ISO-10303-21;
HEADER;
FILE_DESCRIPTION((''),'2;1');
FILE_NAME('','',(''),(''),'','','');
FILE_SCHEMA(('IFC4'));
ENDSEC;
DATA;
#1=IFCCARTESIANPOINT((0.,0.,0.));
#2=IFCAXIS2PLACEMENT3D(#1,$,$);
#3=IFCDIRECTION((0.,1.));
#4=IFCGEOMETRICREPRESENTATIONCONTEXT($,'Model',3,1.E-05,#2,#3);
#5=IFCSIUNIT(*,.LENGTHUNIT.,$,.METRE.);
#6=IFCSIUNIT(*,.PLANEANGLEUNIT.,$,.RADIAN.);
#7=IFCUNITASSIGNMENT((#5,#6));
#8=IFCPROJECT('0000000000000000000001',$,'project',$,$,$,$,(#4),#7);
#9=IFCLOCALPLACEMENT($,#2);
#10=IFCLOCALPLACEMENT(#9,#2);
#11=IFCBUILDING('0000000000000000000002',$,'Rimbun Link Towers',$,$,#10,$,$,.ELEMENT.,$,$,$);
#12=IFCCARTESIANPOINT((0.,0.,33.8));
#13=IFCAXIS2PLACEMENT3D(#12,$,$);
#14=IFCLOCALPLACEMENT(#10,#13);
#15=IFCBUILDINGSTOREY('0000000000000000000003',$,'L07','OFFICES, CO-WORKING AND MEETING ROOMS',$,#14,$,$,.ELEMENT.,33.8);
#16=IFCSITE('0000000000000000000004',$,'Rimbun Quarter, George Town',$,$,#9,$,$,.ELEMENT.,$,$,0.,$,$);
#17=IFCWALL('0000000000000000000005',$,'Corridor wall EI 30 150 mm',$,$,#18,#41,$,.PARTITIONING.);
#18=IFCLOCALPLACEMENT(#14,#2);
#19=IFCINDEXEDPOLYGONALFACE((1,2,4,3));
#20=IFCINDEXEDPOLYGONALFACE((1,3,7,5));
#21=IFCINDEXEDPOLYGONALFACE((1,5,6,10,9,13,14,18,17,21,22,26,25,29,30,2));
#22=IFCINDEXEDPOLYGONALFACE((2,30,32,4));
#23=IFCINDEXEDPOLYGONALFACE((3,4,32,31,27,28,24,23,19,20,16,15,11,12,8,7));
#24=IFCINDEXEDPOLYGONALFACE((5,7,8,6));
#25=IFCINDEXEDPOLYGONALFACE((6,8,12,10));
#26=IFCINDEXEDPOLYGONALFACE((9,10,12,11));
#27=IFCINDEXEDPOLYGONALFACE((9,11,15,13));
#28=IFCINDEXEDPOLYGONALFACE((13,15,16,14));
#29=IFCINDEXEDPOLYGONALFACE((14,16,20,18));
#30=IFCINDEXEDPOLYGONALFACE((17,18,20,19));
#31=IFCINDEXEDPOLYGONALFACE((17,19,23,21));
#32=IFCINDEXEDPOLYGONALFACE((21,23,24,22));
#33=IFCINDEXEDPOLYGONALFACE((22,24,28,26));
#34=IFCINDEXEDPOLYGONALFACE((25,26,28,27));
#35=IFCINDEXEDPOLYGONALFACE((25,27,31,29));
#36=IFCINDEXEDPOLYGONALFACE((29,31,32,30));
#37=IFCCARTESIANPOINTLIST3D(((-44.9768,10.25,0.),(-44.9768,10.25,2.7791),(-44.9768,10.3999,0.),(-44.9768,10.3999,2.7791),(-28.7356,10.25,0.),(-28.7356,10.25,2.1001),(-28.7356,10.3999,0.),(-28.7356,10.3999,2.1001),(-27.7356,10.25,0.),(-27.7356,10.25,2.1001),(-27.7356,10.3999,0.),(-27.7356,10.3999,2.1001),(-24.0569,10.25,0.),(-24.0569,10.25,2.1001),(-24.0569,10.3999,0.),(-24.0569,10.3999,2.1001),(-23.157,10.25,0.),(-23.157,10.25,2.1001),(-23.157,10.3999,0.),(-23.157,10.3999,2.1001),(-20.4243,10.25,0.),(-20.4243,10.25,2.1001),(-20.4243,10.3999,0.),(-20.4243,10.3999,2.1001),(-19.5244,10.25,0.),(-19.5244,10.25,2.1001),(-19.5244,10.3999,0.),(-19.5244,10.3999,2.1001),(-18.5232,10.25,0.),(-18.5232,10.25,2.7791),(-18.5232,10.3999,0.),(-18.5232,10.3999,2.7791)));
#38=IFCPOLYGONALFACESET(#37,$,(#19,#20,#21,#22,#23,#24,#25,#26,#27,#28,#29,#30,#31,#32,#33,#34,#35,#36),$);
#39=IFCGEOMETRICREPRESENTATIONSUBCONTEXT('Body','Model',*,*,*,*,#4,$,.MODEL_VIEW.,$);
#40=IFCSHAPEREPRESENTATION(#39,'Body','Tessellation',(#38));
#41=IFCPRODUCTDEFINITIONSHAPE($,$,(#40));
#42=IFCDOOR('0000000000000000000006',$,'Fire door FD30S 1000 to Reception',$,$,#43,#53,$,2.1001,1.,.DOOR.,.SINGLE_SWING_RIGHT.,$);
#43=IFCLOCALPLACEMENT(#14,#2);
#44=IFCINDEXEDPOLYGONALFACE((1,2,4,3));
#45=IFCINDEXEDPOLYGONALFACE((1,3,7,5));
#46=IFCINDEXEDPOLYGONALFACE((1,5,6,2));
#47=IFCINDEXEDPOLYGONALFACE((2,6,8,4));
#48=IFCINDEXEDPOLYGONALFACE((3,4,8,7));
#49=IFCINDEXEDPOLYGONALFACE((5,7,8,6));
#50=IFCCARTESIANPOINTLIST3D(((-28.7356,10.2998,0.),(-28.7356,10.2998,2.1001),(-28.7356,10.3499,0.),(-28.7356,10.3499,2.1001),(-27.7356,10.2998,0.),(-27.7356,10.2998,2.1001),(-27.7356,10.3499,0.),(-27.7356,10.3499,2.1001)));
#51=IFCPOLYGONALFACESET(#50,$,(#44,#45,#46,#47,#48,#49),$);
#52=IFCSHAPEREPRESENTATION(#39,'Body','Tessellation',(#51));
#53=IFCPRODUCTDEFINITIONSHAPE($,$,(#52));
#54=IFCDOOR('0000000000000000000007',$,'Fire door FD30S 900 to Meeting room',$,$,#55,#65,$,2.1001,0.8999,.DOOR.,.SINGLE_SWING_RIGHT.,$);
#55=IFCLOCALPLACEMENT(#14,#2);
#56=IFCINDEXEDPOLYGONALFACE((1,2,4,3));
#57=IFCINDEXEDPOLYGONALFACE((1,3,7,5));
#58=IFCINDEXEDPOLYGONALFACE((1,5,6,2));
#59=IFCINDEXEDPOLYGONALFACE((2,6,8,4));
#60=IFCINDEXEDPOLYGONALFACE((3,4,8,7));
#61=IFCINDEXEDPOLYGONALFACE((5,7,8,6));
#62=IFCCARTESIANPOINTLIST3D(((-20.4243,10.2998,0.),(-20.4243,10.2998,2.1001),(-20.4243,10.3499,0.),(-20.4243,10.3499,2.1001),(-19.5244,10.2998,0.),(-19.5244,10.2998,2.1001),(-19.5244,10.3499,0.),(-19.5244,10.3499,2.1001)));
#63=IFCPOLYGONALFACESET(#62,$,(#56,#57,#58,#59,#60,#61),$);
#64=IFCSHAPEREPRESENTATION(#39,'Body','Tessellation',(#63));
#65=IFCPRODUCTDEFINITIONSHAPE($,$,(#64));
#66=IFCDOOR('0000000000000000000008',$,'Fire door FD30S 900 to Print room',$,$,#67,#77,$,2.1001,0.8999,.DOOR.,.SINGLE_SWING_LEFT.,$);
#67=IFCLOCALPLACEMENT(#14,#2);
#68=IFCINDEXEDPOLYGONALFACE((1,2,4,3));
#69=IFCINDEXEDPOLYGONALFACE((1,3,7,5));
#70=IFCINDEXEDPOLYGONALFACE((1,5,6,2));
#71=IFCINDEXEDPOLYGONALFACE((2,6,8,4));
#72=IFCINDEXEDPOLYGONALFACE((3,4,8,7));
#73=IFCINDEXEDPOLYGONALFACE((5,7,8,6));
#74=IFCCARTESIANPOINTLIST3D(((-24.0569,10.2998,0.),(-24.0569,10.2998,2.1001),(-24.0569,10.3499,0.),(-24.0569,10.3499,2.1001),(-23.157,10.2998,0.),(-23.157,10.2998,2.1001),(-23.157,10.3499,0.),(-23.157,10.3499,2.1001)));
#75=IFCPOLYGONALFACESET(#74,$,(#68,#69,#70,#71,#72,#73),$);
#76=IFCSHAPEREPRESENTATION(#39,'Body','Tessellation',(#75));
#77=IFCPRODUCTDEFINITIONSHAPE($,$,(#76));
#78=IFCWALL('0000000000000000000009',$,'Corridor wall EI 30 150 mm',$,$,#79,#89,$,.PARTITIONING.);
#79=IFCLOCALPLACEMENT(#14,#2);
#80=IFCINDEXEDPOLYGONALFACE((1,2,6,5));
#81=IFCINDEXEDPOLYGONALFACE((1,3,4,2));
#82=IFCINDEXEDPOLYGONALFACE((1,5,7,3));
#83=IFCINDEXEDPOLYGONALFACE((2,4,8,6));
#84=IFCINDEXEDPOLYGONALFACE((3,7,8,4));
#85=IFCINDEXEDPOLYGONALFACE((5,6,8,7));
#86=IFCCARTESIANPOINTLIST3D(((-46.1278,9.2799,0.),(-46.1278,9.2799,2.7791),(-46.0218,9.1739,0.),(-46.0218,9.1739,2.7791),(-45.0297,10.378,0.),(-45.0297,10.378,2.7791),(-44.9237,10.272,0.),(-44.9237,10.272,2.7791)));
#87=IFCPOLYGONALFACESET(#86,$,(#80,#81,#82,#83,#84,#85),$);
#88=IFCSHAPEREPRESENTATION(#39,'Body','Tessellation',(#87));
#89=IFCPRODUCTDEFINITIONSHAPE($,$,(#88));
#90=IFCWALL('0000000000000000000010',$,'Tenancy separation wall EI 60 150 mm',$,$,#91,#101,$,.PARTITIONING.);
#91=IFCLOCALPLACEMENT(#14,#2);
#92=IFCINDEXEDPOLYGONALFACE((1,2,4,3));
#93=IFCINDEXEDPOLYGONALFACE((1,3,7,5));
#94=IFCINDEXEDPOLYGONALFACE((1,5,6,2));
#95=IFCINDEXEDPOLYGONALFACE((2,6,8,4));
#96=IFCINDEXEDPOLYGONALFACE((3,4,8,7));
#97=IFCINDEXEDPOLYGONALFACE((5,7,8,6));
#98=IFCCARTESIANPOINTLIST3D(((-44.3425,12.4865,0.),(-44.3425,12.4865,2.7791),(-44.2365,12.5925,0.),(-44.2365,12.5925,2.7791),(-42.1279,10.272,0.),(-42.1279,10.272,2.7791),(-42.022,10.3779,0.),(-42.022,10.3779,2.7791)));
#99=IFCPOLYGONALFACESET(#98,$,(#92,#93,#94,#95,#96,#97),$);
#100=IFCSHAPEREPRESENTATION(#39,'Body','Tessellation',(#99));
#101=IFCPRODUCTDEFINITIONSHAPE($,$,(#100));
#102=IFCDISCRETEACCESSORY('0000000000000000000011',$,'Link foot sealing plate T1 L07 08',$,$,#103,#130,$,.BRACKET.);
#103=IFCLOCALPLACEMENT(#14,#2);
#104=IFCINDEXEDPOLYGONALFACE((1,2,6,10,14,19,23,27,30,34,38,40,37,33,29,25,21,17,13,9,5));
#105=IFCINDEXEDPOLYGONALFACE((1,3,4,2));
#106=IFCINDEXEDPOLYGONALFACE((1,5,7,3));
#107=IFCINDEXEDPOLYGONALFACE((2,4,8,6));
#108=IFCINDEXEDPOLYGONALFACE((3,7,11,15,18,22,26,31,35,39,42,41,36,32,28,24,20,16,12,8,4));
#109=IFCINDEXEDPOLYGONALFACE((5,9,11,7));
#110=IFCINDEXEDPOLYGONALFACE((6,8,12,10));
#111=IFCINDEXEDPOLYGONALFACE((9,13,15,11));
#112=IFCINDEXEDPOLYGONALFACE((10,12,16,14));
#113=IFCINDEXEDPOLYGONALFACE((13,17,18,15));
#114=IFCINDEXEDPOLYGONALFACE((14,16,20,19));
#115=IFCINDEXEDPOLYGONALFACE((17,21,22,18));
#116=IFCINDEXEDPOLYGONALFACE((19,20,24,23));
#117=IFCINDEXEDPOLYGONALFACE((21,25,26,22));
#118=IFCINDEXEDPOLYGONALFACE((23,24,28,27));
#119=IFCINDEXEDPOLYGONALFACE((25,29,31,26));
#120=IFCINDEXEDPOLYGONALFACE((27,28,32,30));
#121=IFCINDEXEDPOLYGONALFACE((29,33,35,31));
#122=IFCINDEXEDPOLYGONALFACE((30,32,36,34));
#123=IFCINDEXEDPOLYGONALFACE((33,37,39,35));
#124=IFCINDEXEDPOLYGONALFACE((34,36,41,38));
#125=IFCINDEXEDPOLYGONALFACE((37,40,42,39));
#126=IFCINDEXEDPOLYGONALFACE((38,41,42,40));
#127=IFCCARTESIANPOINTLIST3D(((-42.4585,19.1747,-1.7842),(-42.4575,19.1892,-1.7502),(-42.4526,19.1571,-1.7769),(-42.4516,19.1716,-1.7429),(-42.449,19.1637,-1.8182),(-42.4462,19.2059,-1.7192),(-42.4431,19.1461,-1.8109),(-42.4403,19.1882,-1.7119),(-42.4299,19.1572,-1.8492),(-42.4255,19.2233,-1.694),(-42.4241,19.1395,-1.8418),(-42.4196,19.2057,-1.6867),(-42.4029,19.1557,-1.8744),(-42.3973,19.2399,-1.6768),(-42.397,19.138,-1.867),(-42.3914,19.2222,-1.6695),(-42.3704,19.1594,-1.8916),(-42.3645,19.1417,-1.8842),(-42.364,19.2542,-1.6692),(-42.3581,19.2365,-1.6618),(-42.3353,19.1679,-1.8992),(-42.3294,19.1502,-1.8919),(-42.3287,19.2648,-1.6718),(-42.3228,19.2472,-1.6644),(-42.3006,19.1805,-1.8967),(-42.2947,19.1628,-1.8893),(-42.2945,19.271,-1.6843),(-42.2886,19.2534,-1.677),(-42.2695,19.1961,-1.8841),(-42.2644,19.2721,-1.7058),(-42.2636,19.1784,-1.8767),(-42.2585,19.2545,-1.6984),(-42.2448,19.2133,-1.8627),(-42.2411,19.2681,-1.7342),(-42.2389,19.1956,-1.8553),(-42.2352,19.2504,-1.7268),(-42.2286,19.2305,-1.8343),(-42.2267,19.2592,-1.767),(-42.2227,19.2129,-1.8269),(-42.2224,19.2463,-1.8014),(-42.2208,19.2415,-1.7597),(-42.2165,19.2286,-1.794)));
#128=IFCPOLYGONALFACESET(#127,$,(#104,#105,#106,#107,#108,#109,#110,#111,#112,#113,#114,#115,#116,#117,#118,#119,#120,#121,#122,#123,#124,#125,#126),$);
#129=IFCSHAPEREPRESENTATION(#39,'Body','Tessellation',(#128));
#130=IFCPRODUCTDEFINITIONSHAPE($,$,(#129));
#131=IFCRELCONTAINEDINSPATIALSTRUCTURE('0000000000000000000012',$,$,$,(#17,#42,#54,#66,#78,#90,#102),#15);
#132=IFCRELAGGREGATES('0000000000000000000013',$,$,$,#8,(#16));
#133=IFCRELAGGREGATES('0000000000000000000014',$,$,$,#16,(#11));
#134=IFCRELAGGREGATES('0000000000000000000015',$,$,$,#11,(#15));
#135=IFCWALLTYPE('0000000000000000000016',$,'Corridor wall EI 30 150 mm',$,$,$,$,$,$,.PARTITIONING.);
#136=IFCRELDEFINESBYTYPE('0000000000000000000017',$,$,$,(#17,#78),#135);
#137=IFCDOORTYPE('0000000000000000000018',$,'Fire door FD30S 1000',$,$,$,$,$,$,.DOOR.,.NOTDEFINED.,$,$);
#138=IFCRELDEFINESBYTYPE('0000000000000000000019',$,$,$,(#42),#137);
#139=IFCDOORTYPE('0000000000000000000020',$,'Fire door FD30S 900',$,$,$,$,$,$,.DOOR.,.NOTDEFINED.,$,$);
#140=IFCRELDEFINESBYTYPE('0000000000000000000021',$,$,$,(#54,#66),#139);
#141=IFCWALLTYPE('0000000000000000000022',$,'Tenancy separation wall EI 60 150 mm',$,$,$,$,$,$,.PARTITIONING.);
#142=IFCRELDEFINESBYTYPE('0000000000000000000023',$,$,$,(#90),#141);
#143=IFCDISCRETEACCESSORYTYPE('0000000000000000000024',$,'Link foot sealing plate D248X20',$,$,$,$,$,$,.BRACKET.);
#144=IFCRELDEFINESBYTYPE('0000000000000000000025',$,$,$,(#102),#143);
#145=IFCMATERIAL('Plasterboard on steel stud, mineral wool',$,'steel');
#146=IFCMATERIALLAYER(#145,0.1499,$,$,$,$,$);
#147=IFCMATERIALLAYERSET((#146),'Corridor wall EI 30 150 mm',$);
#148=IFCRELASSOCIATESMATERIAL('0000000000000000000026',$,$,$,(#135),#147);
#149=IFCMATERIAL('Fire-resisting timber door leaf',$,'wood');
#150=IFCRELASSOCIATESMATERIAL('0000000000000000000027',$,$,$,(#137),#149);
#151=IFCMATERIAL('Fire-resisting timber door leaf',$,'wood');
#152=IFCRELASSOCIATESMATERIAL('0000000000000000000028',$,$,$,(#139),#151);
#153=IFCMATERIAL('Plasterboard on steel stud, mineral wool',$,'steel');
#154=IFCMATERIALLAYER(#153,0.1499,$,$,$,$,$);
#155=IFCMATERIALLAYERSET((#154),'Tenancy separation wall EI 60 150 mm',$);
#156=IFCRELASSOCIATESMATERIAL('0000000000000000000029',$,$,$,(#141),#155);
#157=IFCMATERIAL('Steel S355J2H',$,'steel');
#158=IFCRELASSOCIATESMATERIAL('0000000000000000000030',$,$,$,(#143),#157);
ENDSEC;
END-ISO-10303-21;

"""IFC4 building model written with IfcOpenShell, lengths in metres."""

from ifc_helpers import new_model, si_unit, direction, frame, frame_2d, origin, origin_2d, place, context, subcontext, project, spatial, rectangle, circle, extrude, material, layer, layer_set, material_profile, profile_set, type_object, element, fill, save


model = new_model("IFC4")

# Units and contexts
model_context = context("Model", 3, precision=1e-05, world=origin(), true_north=direction((0.0, 1.0)))
body_context = subcontext(model_context, "Body", "Model", "MODEL_VIEW")
ifc_project = project(units=[si_unit("LENGTHUNIT", "METRE"), si_unit("PLANEANGLEUNIT", "RADIAN")], contexts=[model_context])

# Site, building, storey
site_placement = place(None, origin())
site = spatial("IfcSite", under=ifc_project, at=site_placement, Name="Rimbun Quarter, George Town", CompositionType="ELEMENT", RefElevation=0.0)
building_placement = place(site_placement, origin())
building = spatial("IfcBuilding", under=site, at=building_placement, Name="Rimbun Link Towers", CompositionType="ELEMENT")
storey_placement = place(building_placement, frame((0.0, 0.0, 33.8)))
storey = spatial("IfcBuildingStorey", under=building, at=storey_placement, Name="L07", Description="OFFICES, CO-WORKING AND MEETING ROOMS", CompositionType="ELEMENT", Elevation=33.8)

# Wall, openings, doors
ifc_material_1 = material(Name="Plasterboard on steel stud, mineral wool", Category="steel")
ifc_layer_1 = layer(ifc_material_1, 0.1499)
ifc_layer_set_1 = layer_set([ifc_layer_1], Name="Corridor wall EI 30 150 mm")
wall_type_1 = type_object("IfcWallType", Name="Corridor wall EI 30 150 mm", PredefinedType="PARTITIONING", material=ifc_layer_set_1)
wall_1_placement = place(storey_placement, frame((-44.9768, 10.325, 0.0), z_axis=(0.0, 0.0, 1.0), x_axis=(1.0, 0.0, 0.0)))
wall_1 = element("IfcWall", 1, at=wall_1_placement, inside=storey, type_object=wall_type_1, Name="Corridor wall EI 30 150 mm", PredefinedType="PARTITIONING", context=body_context, shape_type="SweptSolid", body=[
    extrude(rectangle(XDim=26.4536, YDim=0.1499, at=frame_2d((13.2268, 0.0))), origin(), (0.0, 0.0, 1.0), 2.7791),
])
opening_1_placement = place(wall_1_placement, frame((24.5525, 0.0, 0.0)))
opening_1 = element("IfcOpeningElement", 2, at=opening_1_placement, cuts=wall_1, PredefinedType="OPENING", context=body_context, shape_type="SweptSolid", body=[
    extrude(rectangle(XDim=0.8999, YDim=2.1001, at=frame_2d((0.45, 1.05))), frame((0.0, 0.085, 0.0), z_axis=(0.0, -1.0, 0.0), x_axis=(1.0, 0.0, 0.0)), (0.0, 0.0, 1.0), 0.1699),
])
opening_2_placement = place(wall_1_placement, frame((20.9199, 0.0, 0.0)))
opening_2 = element("IfcOpeningElement", 3, at=opening_2_placement, cuts=wall_1, PredefinedType="OPENING", context=body_context, shape_type="SweptSolid", body=[
    extrude(rectangle(XDim=0.8999, YDim=2.1001, at=frame_2d((0.45, 1.05))), frame((0.0, 0.085, 0.0), z_axis=(0.0, -1.0, 0.0), x_axis=(1.0, 0.0, 0.0)), (0.0, 0.0, 1.0), 0.1699),
])
opening_3_placement = place(wall_1_placement, frame((16.2412, 0.0, 0.0)))
opening_3 = element("IfcOpeningElement", 4, at=opening_3_placement, cuts=wall_1, PredefinedType="OPENING", context=body_context, shape_type="SweptSolid", body=[
    extrude(rectangle(XDim=1.0, YDim=2.1001, at=frame_2d((0.5, 1.05))), frame((0.0, 0.085, 0.0), z_axis=(0.0, -1.0, 0.0), x_axis=(1.0, 0.0, 0.0)), (0.0, 0.0, 1.0), 0.1699),
])
ifc_material_2 = material(Name="Fire-resisting timber door leaf", Category="wood")
door_type_1 = type_object("IfcDoorType", Name="Fire door FD30S 1000", OperationType="NOTDEFINED", PredefinedType="DOOR", material=ifc_material_2)
door_1_placement = place(opening_3_placement, origin())
door_1 = element("IfcDoor", 5, at=door_1_placement, inside=storey, type_object=door_type_1, Name="Fire door FD30S 1000 to Reception", OperationType="SINGLE_SWING_RIGHT", OverallHeight=2.1001, OverallWidth=1.0, PredefinedType="DOOR", context=body_context, shape_type="SweptSolid", body=[
    extrude(rectangle(XDim=1.0, YDim=2.1001, at=frame_2d((0.5, 1.05))), frame((0.0, 0.0249, 0.0), z_axis=(0.0, -1.0, 0.0), x_axis=(1.0, 0.0, 0.0)), (0.0, 0.0, 1.0), 0.05),
])
fill(opening_3, door_1)
ifc_material_3 = material(Name="Fire-resisting timber door leaf", Category="wood")
door_type_2 = type_object("IfcDoorType", Name="Fire door FD30S 900", OperationType="NOTDEFINED", PredefinedType="DOOR", material=ifc_material_3)
door_2_placement = place(opening_1_placement, origin())
door_2 = element("IfcDoor", 6, at=door_2_placement, inside=storey, type_object=door_type_2, Name="Fire door FD30S 900 to Meeting room", OperationType="SINGLE_SWING_RIGHT", OverallHeight=2.1001, OverallWidth=0.8999, PredefinedType="DOOR", context=body_context, shape_type="SweptSolid", body=[
    extrude(rectangle(XDim=0.8999, YDim=2.1001, at=frame_2d((0.45, 1.05))), frame((0.0, 0.0249, 0.0), z_axis=(0.0, -1.0, 0.0), x_axis=(1.0, 0.0, 0.0)), (0.0, 0.0, 1.0), 0.05),
])
fill(opening_1, door_2)
door_3_placement = place(opening_2_placement, origin())
door_3 = element("IfcDoor", 7, at=door_3_placement, inside=storey, type_object=door_type_2, Name="Fire door FD30S 900 to Print room", OperationType="SINGLE_SWING_LEFT", OverallHeight=2.1001, OverallWidth=0.8999, PredefinedType="DOOR", context=body_context, shape_type="SweptSolid", body=[
    extrude(rectangle(XDim=0.8999, YDim=2.1001, at=frame_2d((0.45, 1.05))), frame((0.0, 0.0249, 0.0), z_axis=(0.0, -1.0, 0.0), x_axis=(1.0, 0.0, 0.0)), (0.0, 0.0, 1.0), 0.05),
])
fill(opening_2, door_3)

# Walls
wall_2_placement = place(storey_placement, frame((-44.9768, 10.325, 0.0), z_axis=(0.0, 0.0, 1.0), x_axis=(-0.707107, -0.707107, 0.0)))
element("IfcWall", 8, at=wall_2_placement, inside=storey, type_object=wall_type_1, Name="Corridor wall EI 30 150 mm", PredefinedType="PARTITIONING", context=body_context, shape_type="SweptSolid", body=[
    extrude(rectangle(XDim=1.553, YDim=0.1499, at=frame_2d((0.7764, 0.0))), origin(), (0.0, 0.0, 1.0), 2.7791),
])
ifc_material_4 = material(Name="Plasterboard on steel stud, mineral wool", Category="steel")
ifc_layer_2 = layer(ifc_material_4, 0.1499)
ifc_layer_set_2 = layer_set([ifc_layer_2], Name="Tenancy separation wall EI 60 150 mm")
wall_type_2 = type_object("IfcWallType", Name="Tenancy separation wall EI 60 150 mm", PredefinedType="PARTITIONING", material=ifc_layer_set_2)
wall_3_placement = place(storey_placement, frame((-42.075, 10.325, 0.0), z_axis=(0.0, 0.0, 1.0), x_axis=(-0.707107, 0.707107, 0.0)))
element("IfcWall", 9, at=wall_3_placement, inside=storey, type_object=wall_type_2, Name="Tenancy separation wall EI 60 150 mm", PredefinedType="PARTITIONING", context=body_context, shape_type="SweptSolid", body=[
    extrude(rectangle(XDim=3.1318, YDim=0.1499, at=frame_2d((1.5659, 0.0))), origin(), (0.0, 0.0, 1.0), 2.7791),
])

# Discrete accessory
ifc_material_5 = material(Name="Steel S355J2H", Category="steel")
ifc_material_profile_1 = material_profile(ifc_material_5, circle(Radius=0.124, at=origin_2d()), Name="PL D248")
ifc_profile_set_1 = profile_set([ifc_material_profile_1], Name="Steel S355J2H")
discrete_accessory_type = type_object("IfcDiscreteAccessoryType", Name="Link foot sealing plate D248X20", PredefinedType="BRACKET", material=ifc_profile_set_1)
discrete_accessory_placement = place(storey_placement, frame((-42.335, 19.1963, -1.7769), z_axis=(-0.294086, 0.882258, -0.367607), x_axis=(-0.948683, -0.316228, 0.0)))
element("IfcDiscreteAccessory", 10, at=discrete_accessory_placement, inside=storey, type_object=discrete_accessory_type, Name="Link foot sealing plate T1 L07 08", PredefinedType="BRACKET", context=body_context, shape_type="SweptSolid", body=[
    extrude(circle(Radius=0.124, at=origin_2d()), origin(), (0.0, 0.0, 1.0), 0.02),
])

save(model, "model.ifc")
